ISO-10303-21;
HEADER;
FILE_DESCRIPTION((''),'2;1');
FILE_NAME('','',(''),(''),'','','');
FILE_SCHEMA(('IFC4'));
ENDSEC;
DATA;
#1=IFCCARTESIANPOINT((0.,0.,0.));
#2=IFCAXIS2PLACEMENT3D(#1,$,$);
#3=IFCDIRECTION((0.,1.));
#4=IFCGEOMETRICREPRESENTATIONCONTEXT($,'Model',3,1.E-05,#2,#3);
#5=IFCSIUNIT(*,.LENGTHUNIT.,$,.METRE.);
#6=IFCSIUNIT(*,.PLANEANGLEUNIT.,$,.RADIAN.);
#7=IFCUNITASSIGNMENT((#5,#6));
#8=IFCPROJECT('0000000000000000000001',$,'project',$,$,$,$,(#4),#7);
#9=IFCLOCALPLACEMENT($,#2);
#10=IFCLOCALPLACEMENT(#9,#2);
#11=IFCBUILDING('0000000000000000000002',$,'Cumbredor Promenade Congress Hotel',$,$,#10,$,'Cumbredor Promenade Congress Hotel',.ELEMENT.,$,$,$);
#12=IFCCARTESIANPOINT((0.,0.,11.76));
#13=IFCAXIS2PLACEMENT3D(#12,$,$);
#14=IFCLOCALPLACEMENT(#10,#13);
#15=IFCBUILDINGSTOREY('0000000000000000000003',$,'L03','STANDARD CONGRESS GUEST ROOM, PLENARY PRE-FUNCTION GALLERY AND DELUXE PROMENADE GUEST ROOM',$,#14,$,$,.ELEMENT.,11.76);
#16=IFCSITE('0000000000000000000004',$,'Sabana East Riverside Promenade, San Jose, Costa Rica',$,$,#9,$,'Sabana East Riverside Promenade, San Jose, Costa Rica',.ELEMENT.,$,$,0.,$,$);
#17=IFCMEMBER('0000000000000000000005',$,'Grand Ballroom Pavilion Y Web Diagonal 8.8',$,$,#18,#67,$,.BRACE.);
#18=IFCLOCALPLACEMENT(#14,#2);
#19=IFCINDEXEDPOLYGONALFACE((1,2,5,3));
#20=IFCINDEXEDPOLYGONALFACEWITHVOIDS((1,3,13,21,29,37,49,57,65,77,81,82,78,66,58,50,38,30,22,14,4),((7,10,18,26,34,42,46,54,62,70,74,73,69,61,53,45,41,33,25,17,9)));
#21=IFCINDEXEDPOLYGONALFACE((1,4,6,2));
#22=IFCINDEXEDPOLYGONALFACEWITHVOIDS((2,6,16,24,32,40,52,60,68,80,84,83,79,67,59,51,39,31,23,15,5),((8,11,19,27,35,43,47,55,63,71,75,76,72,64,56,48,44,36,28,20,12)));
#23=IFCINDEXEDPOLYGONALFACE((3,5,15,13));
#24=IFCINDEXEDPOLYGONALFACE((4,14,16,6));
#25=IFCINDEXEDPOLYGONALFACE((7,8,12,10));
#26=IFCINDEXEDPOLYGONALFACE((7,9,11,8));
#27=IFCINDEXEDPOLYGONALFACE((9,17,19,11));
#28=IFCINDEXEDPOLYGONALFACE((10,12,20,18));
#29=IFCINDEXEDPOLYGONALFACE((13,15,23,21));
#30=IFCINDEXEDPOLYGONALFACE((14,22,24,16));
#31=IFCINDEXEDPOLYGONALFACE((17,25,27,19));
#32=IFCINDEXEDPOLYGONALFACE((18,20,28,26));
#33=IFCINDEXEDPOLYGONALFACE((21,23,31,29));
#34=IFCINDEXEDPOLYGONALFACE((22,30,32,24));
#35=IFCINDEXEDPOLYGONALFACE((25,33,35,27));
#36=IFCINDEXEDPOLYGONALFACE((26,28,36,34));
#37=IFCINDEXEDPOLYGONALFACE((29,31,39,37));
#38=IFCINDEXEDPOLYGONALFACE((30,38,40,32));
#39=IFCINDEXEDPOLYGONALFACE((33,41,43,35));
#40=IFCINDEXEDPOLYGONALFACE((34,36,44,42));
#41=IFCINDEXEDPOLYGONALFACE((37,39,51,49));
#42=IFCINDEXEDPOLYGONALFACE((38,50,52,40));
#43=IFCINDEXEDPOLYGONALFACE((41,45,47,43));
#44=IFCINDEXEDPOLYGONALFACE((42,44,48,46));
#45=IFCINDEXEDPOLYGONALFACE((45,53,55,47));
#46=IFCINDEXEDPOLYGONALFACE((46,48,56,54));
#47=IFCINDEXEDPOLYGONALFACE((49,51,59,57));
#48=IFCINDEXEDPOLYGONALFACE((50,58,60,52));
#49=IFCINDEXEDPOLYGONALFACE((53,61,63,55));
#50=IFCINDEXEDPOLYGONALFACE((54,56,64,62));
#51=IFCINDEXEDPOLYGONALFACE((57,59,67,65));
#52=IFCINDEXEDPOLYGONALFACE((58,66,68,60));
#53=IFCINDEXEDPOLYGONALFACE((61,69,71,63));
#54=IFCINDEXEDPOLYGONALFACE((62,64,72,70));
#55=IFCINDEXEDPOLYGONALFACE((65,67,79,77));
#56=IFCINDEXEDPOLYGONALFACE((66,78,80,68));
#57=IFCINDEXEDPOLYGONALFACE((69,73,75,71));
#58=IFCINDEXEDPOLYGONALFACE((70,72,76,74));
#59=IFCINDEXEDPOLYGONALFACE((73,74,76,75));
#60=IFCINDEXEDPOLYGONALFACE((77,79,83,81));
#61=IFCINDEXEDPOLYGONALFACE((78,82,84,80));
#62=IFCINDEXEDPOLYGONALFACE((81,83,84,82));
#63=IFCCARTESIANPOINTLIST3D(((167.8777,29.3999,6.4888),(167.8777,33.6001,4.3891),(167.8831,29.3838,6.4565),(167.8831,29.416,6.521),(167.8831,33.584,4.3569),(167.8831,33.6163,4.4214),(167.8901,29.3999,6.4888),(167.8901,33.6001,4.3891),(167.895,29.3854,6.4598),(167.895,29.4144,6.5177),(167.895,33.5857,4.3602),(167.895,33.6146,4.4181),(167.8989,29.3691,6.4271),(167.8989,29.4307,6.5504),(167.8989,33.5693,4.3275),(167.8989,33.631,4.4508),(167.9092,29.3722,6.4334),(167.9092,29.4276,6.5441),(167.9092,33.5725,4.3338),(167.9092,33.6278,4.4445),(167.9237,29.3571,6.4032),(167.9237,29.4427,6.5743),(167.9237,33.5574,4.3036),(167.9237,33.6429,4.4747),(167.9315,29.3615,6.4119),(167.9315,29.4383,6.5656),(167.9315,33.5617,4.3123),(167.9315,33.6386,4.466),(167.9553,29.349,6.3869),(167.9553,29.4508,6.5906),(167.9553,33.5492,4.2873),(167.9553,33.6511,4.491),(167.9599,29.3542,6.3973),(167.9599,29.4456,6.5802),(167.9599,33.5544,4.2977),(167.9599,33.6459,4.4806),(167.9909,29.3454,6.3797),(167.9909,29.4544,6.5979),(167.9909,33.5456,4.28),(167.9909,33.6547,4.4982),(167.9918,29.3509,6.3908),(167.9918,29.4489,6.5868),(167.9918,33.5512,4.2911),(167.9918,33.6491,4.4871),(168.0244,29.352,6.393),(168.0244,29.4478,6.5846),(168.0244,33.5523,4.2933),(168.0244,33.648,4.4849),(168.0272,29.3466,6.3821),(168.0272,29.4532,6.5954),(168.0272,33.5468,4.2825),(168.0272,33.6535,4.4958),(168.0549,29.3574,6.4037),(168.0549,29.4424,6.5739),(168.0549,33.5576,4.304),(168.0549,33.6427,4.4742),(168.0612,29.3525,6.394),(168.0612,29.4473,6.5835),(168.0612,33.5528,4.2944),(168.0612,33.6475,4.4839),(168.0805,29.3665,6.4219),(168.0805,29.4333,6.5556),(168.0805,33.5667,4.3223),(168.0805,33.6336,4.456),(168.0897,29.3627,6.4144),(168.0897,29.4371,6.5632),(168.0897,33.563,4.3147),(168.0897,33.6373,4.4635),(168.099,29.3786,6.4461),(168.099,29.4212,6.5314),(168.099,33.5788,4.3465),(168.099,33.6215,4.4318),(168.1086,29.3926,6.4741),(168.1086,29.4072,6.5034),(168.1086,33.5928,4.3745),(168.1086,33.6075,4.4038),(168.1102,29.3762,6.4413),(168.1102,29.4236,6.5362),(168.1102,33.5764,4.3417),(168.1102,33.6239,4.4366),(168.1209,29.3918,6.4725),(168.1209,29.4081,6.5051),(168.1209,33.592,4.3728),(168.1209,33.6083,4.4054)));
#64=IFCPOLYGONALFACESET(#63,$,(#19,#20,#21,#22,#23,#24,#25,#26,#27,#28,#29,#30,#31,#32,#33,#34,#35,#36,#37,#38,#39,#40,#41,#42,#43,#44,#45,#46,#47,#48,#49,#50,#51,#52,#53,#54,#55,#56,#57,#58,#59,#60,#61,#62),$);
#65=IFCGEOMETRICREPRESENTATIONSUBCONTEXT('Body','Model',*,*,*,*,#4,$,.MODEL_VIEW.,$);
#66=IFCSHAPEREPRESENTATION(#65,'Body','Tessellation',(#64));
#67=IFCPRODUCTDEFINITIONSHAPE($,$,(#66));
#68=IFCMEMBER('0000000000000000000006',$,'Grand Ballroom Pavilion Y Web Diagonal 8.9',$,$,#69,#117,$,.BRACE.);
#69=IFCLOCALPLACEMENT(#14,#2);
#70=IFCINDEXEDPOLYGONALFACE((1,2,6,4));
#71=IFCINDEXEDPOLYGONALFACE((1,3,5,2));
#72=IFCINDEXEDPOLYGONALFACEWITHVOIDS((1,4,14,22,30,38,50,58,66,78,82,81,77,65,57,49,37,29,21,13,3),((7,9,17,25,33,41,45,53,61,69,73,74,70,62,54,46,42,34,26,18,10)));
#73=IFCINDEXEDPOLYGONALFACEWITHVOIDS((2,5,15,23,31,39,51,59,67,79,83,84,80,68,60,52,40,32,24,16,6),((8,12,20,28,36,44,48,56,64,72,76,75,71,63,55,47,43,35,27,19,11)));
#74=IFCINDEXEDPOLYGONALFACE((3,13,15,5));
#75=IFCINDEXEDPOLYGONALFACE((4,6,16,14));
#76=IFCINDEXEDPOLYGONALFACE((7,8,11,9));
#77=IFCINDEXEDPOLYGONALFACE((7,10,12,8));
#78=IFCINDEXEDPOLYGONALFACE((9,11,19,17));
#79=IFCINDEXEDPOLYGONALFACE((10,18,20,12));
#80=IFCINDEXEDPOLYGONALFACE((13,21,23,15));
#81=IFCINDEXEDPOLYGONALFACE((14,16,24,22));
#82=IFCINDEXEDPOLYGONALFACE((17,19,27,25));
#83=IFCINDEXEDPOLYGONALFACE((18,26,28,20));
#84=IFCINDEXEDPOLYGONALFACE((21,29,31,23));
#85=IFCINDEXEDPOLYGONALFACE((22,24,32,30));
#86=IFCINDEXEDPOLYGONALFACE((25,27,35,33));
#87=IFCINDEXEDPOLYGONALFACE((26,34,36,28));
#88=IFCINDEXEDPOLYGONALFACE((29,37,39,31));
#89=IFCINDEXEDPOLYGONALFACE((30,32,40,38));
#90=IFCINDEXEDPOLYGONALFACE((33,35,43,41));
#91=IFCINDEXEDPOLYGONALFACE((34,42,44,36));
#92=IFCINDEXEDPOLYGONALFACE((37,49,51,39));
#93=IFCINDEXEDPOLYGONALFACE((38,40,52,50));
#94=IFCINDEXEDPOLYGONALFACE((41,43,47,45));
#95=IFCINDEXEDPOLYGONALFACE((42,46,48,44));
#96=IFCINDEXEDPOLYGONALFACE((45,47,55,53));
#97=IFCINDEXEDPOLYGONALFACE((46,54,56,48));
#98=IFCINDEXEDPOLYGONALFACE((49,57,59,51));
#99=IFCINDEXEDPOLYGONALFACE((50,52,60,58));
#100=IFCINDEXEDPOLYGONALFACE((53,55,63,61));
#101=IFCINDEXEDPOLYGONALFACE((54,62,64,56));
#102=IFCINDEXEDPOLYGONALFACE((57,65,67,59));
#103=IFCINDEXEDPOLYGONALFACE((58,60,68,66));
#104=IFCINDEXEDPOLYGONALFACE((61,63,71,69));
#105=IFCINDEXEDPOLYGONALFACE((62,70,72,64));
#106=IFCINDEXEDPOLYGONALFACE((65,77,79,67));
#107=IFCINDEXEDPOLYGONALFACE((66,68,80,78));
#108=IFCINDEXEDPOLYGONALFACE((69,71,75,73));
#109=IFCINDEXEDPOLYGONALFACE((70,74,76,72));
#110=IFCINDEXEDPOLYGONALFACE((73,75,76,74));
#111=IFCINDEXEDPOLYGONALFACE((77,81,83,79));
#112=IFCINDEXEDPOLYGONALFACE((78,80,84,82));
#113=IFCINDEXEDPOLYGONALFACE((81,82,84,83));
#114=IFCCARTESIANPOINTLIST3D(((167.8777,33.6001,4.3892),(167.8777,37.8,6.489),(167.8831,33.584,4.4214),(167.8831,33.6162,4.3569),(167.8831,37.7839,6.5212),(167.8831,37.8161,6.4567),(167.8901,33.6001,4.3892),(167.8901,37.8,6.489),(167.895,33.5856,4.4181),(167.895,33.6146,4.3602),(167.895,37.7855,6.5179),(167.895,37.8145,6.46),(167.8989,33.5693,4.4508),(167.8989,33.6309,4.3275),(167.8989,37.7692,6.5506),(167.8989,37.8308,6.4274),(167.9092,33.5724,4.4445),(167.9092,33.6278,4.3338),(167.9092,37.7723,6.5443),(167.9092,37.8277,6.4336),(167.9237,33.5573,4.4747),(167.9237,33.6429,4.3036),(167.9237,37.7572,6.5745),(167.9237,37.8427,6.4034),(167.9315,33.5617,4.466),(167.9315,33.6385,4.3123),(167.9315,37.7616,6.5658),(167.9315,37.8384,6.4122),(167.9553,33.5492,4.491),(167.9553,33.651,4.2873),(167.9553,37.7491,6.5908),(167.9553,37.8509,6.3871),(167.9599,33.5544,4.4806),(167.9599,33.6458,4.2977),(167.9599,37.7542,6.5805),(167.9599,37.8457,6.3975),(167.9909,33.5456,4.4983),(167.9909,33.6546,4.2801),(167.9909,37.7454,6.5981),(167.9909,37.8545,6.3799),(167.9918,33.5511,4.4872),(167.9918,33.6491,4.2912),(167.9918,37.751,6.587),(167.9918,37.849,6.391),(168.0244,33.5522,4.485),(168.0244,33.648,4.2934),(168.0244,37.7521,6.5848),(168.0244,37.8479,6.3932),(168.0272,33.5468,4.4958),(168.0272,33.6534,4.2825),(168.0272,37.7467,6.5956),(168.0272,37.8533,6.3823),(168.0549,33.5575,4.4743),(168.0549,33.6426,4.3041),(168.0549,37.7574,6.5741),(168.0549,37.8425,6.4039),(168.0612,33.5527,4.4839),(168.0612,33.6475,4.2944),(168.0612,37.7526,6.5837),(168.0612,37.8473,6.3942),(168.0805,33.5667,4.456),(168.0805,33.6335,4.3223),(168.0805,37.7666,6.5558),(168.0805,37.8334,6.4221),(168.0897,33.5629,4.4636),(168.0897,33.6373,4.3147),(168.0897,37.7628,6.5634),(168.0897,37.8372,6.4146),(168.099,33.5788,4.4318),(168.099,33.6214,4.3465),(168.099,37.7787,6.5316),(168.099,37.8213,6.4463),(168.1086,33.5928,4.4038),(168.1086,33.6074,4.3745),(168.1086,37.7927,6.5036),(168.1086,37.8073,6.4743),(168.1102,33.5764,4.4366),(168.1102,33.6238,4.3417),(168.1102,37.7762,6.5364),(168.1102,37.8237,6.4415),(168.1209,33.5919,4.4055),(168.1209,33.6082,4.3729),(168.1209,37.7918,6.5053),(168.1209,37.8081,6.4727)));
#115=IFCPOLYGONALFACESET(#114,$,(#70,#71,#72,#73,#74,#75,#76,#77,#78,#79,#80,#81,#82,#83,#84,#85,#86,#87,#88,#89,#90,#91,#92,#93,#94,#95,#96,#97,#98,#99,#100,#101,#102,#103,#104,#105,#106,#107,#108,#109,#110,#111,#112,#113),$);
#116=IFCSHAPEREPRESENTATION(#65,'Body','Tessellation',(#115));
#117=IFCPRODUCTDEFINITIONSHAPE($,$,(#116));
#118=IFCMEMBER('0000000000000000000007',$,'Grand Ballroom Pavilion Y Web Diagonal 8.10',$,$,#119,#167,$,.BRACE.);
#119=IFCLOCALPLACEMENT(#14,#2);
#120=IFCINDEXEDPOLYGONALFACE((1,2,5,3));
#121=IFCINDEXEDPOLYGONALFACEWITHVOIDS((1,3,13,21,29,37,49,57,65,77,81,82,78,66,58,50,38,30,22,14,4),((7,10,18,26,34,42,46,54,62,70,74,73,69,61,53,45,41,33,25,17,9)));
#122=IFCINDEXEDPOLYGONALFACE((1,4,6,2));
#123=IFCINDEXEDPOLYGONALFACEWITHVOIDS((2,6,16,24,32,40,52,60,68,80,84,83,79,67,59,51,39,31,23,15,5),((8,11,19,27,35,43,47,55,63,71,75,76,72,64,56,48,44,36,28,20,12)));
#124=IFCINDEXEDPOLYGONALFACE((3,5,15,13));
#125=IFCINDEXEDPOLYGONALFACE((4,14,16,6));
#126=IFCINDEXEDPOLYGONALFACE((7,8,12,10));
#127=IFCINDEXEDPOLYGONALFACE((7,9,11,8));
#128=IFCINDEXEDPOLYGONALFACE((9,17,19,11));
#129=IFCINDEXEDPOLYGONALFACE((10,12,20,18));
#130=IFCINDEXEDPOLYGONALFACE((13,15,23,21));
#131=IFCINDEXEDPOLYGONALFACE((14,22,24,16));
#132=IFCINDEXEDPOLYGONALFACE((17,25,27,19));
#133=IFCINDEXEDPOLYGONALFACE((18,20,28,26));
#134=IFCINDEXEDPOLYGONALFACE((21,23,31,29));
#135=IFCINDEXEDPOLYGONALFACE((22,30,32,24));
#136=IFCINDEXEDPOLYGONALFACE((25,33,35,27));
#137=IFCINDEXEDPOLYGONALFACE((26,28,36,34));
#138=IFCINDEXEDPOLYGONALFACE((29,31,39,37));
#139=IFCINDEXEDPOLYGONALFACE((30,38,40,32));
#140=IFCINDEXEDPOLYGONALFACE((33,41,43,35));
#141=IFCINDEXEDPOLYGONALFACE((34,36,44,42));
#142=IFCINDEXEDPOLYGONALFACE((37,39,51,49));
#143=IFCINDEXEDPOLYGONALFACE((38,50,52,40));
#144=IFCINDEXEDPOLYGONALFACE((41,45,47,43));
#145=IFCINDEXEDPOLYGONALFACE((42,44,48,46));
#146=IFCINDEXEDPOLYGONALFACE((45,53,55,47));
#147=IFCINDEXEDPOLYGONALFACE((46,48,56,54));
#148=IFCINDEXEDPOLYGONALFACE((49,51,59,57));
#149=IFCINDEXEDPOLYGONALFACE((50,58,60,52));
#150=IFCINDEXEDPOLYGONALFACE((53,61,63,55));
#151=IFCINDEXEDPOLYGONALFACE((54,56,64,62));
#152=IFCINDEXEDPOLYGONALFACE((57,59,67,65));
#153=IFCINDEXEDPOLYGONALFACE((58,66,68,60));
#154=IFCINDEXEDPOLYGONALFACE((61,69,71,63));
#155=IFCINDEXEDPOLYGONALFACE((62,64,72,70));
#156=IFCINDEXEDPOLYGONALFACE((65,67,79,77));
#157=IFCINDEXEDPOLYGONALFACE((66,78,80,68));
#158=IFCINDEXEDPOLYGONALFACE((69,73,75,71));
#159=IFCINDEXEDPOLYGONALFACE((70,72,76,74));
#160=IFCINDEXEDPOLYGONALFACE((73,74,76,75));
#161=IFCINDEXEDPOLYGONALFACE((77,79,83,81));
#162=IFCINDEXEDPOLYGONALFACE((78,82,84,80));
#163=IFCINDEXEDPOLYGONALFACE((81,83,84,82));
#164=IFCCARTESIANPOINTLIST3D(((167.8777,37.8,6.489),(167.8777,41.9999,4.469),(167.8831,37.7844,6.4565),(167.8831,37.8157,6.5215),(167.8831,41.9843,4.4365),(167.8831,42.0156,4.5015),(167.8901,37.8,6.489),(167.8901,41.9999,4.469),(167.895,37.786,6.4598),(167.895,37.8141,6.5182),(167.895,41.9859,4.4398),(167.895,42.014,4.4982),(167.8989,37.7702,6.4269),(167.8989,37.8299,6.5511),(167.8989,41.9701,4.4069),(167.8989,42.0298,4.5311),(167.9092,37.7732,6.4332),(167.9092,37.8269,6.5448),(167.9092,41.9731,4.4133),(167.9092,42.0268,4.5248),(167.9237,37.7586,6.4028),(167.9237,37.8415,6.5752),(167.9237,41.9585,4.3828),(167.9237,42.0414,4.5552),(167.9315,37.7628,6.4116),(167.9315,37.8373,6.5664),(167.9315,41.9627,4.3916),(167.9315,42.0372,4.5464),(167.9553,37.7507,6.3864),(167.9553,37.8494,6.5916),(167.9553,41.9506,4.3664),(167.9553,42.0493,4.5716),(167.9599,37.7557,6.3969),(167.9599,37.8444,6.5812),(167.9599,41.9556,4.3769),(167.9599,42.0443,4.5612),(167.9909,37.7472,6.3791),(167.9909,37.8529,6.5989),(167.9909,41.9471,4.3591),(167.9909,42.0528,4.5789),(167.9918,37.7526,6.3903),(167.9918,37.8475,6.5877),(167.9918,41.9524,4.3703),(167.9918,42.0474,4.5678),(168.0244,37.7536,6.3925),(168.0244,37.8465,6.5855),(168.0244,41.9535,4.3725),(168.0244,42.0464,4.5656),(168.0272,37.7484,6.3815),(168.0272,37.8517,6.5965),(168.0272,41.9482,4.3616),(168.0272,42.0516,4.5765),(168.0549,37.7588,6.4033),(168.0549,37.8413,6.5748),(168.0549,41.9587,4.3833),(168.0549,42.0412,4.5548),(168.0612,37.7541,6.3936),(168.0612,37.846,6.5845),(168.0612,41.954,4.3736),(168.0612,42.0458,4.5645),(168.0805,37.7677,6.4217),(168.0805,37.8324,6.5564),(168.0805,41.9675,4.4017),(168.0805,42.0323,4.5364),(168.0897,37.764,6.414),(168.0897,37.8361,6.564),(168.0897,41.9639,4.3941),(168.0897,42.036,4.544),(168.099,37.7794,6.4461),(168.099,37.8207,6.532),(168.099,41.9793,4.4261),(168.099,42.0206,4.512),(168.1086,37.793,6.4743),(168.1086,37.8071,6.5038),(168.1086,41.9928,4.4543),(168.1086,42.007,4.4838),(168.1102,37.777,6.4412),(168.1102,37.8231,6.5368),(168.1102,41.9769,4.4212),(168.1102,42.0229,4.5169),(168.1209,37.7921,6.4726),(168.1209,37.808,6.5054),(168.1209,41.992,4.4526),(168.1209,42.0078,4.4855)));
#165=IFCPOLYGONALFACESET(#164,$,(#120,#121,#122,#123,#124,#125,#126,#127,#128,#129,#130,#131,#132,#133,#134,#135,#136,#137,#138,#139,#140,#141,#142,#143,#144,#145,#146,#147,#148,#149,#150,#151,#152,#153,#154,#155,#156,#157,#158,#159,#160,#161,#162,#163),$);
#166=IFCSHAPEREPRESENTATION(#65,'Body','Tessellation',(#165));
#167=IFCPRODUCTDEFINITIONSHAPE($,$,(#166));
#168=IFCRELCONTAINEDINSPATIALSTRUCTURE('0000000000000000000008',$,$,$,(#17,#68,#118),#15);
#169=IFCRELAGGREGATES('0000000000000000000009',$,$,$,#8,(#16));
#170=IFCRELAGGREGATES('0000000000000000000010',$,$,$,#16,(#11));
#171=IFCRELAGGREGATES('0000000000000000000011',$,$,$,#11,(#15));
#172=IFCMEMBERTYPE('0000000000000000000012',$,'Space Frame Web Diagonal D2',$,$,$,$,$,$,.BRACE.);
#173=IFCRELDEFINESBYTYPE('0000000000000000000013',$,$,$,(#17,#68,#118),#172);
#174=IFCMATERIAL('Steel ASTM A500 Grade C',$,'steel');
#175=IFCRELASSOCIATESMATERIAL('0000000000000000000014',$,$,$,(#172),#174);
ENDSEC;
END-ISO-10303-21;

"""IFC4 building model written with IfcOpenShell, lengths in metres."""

from ifc_helpers import new_model, si_unit, direction, frame, origin, origin_2d, place, context, subcontext, project, spatial, hollow_circle, extrude, material, material_profile, profile_set, type_object, element, save


model = new_model("IFC4")

# Units and contexts
model_context = context("Model", 3, precision=1e-05, world=origin(), true_north=direction((0.0, 1.0)))
body_context = subcontext(model_context, "Body", "Model", "MODEL_VIEW")
ifc_project = project(units=[si_unit("LENGTHUNIT", "METRE"), si_unit("PLANEANGLEUNIT", "RADIAN")], contexts=[model_context])

# Site, building, storey
site_placement = place(None, origin())
site = spatial("IfcSite", under=ifc_project, at=site_placement, Name="Sabana East Riverside Promenade, San Jose, Costa Rica", LongName="Sabana East Riverside Promenade, San Jose, Costa Rica", CompositionType="ELEMENT", RefElevation=0.0)
building_placement = place(site_placement, origin())
building = spatial("IfcBuilding", under=site, at=building_placement, Name="Cumbredor Promenade Congress Hotel", LongName="Cumbredor Promenade Congress Hotel", CompositionType="ELEMENT")
storey_placement = place(building_placement, frame((0.0, 0.0, 11.76)))
storey = spatial("IfcBuildingStorey", under=building, at=storey_placement, Name="L03", Description="STANDARD CONGRESS GUEST ROOM, PLENARY PRE-FUNCTION GALLERY AND DELUXE PROMENADE GUEST ROOM", CompositionType="ELEMENT", Elevation=11.76)

# Members
ifc_material_1 = material(Name="Steel ASTM A500 Grade C", Category="steel")
ifc_material_profile_1 = material_profile(ifc_material_1, hollow_circle(Radius=0.1223, WallThickness=0.0125, at=origin_2d()), Name="CHS 244.5x12.5")
ifc_profile_set_1 = profile_set([ifc_material_profile_1], Name="Steel ASTM A500 Grade C")
member_type_1 = type_object("IfcMemberType", Name="Space Frame Web Diagonal D2", PredefinedType="BRACE", material=ifc_profile_set_1)
member_1_placement = place(storey_placement, frame((168.0, 29.3999, 6.4888), z_axis=(0.0, 0.894469, -0.44713), x_axis=(-1.0, 0.0, 0.0)))
element("IfcMember", 1, at=member_1_placement, inside=storey, type_object=member_type_1, Name="Grand Ballroom Pavilion Y Web Diagonal 8.8", PredefinedType="BRACE", context=body_context, shape_type="SweptSolid", body=[
    extrude(hollow_circle(Radius=0.1223, WallThickness=0.0125, at=origin_2d()), origin(), (0.0, 0.0, 1.0), 4.6958),
])
member_2_placement = place(storey_placement, frame((168.0, 33.6001, 4.3892), z_axis=(0.0, 0.894438, 0.447193), x_axis=(-1.0, 0.0, 0.0)))
element("IfcMember", 2, at=member_2_placement, inside=storey, type_object=member_type_1, Name="Grand Ballroom Pavilion Y Web Diagonal 8.9", PredefinedType="BRACE", context=body_context, shape_type="SweptSolid", body=[
    extrude(hollow_circle(Radius=0.1223, WallThickness=0.0125, at=origin_2d()), origin(), (0.0, 0.0, 1.0), 4.6956),
])
member_3_placement = place(storey_placement, frame((168.0, 37.8, 6.489), z_axis=(0.0, 0.901184, -0.433436), x_axis=(-1.0, 0.0, 0.0)))
element("IfcMember", 3, at=member_3_placement, inside=storey, type_object=member_type_1, Name="Grand Ballroom Pavilion Y Web Diagonal 8.10", PredefinedType="BRACE", context=body_context, shape_type="SweptSolid", body=[
    extrude(hollow_circle(Radius=0.1223, WallThickness=0.0125, at=origin_2d()), origin(), (0.0, 0.0, 1.0), 4.6604),
])

save(model, "model.ifc")
